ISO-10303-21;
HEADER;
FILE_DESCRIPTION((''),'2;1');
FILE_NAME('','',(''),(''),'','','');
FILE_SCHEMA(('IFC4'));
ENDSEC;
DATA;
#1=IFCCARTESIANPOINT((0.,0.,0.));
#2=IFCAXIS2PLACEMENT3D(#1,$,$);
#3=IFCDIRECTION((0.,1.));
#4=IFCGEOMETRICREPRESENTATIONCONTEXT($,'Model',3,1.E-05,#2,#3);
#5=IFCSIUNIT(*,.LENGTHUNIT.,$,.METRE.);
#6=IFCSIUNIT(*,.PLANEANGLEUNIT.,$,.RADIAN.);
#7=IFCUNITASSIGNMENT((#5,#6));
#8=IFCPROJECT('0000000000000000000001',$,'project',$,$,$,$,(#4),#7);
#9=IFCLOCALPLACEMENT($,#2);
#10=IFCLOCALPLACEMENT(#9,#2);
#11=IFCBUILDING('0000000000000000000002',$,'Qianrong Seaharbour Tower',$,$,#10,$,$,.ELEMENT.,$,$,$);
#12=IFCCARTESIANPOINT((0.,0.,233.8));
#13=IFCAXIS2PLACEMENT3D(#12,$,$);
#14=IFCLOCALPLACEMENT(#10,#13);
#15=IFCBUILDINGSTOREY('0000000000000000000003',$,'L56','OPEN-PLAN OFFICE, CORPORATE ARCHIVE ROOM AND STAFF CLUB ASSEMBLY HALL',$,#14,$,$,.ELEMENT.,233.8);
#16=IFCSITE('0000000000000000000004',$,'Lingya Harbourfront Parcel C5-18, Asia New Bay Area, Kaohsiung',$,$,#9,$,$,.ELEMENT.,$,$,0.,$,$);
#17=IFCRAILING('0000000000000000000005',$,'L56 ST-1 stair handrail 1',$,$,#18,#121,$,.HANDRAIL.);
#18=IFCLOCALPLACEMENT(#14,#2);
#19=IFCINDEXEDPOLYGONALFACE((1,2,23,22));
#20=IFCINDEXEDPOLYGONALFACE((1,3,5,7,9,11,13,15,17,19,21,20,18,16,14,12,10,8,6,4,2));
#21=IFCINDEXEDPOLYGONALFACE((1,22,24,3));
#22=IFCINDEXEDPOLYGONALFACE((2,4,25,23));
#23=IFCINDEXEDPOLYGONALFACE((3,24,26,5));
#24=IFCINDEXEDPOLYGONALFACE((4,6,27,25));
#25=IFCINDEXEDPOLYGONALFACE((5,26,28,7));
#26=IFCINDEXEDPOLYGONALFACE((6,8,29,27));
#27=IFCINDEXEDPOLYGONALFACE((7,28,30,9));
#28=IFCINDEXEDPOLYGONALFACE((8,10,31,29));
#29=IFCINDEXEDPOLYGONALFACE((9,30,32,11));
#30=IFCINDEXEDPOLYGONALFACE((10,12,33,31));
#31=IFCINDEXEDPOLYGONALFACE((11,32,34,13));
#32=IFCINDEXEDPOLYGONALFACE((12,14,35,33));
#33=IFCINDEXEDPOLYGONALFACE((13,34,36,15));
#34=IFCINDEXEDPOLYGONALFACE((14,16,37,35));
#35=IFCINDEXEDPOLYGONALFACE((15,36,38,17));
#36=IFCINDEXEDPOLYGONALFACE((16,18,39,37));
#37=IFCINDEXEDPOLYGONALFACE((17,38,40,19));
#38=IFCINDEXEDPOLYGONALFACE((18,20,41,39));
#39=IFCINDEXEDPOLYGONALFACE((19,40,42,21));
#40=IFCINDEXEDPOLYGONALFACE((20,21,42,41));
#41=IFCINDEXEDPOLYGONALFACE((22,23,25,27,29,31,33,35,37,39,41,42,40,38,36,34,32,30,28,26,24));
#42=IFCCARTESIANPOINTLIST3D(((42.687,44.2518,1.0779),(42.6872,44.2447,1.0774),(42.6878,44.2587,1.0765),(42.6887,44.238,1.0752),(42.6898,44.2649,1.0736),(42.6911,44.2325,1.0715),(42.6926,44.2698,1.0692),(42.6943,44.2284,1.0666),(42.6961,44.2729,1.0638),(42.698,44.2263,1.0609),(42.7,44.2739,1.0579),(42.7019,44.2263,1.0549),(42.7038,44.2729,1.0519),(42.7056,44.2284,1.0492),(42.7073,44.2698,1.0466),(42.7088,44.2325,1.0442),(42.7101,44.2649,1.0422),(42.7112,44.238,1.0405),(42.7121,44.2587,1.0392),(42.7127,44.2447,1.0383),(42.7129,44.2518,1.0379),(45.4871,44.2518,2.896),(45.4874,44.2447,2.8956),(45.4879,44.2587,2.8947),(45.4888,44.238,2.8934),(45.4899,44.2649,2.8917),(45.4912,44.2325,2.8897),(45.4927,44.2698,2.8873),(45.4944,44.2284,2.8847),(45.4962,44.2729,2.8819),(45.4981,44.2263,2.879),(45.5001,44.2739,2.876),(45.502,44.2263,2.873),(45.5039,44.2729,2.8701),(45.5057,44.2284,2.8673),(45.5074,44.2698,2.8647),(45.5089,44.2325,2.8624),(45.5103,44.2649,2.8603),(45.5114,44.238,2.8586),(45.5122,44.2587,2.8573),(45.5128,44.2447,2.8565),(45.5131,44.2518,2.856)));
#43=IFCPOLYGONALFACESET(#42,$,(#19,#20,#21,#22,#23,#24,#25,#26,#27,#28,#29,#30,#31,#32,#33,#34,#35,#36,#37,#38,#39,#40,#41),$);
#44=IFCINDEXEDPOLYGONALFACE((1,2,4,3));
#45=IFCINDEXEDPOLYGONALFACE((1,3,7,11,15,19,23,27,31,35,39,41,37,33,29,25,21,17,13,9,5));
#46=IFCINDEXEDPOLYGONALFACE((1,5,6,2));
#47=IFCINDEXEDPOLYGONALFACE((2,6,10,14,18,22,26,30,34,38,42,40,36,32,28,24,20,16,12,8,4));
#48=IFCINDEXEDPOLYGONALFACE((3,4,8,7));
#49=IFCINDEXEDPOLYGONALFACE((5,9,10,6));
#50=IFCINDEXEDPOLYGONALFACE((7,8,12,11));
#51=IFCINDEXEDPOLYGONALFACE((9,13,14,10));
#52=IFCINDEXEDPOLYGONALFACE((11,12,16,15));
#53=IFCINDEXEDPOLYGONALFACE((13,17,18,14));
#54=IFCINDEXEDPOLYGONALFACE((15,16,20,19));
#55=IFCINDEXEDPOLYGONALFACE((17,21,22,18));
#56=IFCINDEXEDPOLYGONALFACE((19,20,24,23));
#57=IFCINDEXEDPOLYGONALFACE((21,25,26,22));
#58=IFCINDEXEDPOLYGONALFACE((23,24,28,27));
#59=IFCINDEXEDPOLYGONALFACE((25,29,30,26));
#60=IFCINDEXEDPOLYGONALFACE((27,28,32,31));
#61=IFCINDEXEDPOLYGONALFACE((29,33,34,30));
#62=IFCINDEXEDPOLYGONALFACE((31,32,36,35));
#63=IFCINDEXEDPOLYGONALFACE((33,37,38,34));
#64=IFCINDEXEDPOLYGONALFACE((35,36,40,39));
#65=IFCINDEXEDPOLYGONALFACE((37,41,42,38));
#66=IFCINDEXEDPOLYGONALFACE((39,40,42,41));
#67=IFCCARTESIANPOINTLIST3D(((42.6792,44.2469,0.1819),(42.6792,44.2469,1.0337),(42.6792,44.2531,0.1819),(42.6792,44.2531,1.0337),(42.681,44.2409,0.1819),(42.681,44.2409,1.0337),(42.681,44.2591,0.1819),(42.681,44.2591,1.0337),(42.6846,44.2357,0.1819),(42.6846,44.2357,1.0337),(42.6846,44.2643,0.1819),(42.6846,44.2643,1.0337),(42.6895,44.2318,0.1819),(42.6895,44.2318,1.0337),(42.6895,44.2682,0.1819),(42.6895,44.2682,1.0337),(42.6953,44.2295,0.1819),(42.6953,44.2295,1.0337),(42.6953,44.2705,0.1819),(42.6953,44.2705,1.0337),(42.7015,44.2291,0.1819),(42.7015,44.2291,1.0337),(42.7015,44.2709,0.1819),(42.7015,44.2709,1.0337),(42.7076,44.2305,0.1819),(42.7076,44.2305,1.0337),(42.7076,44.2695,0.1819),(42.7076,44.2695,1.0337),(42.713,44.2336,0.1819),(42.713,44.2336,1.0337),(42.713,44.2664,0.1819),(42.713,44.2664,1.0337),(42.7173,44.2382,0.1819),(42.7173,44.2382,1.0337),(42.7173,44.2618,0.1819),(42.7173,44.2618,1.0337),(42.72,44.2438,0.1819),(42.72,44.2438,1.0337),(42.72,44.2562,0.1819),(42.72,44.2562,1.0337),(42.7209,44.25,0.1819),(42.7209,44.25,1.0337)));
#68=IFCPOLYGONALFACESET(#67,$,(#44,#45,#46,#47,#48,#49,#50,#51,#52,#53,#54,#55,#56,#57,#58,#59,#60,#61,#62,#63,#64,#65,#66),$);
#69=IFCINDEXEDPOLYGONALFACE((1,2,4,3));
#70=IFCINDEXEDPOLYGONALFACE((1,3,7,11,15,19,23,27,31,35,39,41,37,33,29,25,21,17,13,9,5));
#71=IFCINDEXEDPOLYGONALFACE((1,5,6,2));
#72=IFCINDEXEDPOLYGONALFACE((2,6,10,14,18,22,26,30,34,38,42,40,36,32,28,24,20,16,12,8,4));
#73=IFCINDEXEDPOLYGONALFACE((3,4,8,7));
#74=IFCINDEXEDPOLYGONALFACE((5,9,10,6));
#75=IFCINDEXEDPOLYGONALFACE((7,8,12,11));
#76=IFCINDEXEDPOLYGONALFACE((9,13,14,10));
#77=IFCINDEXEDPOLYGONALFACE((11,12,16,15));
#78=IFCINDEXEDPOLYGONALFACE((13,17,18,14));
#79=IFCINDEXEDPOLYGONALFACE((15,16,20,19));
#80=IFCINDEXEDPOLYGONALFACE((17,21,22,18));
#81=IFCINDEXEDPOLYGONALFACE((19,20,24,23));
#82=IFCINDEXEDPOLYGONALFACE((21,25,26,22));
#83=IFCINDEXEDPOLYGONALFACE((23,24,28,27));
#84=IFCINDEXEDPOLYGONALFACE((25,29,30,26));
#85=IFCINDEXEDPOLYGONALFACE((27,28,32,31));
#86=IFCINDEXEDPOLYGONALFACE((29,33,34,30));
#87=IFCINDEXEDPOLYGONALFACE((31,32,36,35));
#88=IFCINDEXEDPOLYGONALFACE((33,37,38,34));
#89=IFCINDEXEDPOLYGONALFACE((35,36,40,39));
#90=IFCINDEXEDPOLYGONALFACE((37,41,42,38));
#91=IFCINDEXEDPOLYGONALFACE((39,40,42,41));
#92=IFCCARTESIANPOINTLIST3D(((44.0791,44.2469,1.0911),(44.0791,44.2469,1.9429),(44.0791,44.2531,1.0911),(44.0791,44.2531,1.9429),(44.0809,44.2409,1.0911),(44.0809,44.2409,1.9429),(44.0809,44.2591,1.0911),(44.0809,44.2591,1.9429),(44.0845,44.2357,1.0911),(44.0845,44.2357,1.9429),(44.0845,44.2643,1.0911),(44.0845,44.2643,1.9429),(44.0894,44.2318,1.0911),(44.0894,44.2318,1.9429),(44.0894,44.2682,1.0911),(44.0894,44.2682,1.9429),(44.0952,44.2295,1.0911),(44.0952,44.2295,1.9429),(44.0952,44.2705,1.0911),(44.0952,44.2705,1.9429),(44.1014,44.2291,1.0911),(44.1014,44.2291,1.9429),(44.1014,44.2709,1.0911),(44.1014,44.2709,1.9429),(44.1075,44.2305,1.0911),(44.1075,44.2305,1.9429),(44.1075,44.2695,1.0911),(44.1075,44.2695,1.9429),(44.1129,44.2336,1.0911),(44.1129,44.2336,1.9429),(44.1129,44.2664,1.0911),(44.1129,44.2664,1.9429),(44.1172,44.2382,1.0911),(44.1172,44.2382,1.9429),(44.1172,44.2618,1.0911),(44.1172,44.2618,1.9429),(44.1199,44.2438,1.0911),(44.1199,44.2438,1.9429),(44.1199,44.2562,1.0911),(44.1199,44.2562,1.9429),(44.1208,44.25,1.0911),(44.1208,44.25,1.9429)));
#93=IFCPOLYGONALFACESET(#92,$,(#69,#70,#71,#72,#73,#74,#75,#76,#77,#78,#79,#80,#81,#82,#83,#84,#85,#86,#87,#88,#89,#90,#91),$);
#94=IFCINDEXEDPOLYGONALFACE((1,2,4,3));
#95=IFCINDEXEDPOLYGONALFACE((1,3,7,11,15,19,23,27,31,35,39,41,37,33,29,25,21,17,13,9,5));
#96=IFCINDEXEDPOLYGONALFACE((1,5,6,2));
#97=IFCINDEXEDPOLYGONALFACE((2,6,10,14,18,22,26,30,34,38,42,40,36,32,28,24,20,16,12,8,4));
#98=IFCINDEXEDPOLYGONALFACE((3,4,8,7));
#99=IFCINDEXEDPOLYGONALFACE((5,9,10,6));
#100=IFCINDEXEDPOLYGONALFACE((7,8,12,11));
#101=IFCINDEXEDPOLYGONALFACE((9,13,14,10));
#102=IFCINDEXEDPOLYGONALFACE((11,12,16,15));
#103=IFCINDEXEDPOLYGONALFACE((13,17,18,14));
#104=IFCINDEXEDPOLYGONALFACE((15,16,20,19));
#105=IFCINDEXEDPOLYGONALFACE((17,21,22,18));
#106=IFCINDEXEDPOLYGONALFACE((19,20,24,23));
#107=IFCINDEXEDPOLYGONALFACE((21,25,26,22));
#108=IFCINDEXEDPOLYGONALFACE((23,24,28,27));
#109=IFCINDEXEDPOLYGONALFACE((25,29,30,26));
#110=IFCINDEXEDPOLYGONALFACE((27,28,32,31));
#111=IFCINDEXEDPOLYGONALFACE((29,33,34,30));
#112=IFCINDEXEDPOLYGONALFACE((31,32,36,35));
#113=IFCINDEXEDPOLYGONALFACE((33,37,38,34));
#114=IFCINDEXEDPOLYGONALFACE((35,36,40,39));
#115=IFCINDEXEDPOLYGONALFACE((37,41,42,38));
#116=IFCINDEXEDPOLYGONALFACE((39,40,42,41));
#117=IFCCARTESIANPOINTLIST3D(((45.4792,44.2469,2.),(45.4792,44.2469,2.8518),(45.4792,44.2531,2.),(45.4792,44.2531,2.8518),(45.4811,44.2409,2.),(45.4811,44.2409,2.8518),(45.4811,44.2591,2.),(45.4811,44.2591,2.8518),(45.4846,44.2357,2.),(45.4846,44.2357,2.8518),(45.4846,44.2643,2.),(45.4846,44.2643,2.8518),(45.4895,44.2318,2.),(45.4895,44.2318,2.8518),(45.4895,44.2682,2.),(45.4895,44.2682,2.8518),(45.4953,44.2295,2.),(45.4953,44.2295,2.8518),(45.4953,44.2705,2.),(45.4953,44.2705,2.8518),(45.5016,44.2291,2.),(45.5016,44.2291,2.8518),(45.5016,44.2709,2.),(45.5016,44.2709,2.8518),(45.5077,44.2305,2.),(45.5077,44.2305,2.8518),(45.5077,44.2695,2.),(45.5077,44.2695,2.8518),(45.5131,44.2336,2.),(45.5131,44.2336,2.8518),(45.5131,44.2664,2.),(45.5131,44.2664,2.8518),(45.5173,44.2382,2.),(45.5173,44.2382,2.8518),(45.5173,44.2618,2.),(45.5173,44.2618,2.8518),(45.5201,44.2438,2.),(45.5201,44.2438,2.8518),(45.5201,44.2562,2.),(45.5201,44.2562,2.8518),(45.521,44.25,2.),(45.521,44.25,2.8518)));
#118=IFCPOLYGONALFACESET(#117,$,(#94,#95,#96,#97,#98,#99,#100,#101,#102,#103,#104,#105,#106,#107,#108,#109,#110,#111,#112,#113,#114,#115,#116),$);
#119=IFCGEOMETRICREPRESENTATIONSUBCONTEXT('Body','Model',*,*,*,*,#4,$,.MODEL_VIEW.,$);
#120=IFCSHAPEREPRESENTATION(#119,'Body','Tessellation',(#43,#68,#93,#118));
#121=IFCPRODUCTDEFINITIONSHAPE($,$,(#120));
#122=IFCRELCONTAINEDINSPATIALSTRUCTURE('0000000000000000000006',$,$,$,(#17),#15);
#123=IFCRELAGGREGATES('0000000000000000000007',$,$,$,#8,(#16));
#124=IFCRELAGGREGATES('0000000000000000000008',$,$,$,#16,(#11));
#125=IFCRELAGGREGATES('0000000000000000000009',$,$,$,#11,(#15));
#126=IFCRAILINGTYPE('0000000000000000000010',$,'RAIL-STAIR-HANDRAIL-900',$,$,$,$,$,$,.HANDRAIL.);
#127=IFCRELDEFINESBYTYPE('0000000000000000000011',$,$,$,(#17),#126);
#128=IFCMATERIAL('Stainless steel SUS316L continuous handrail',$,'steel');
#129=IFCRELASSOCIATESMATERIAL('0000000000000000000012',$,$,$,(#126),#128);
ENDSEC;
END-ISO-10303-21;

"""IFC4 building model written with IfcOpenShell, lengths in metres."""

from ifc_helpers import new_model, si_unit, direction, frame, origin, origin_2d, place, context, subcontext, project, spatial, circle, extrude, material, type_object, element, save


model = new_model("IFC4")

# Units and contexts
model_context = context("Model", 3, precision=1e-05, world=origin(), true_north=direction((0.0, 1.0)))
body_context = subcontext(model_context, "Body", "Model", "MODEL_VIEW")
ifc_project = project(units=[si_unit("LENGTHUNIT", "METRE"), si_unit("PLANEANGLEUNIT", "RADIAN")], contexts=[model_context])

# Site, building, storey
site_placement = place(None, origin())
site = spatial("IfcSite", under=ifc_project, at=site_placement, Name="Lingya Harbourfront Parcel C5-18, Asia New Bay Area, Kaohsiung", CompositionType="ELEMENT", RefElevation=0.0)
building_placement = place(site_placement, origin())
building = spatial("IfcBuilding", under=site, at=building_placement, Name="Qianrong Seaharbour Tower", CompositionType="ELEMENT")
storey_placement = place(building_placement, frame((0.0, 0.0, 233.8)))
storey = spatial("IfcBuildingStorey", under=building, at=storey_placement, Name="L56", Description="OPEN-PLAN OFFICE, CORPORATE ARCHIVE ROOM AND STAFF CLUB ASSEMBLY HALL", CompositionType="ELEMENT", Elevation=233.8)

# Railing
ifc_material_1 = material(Name="Stainless steel SUS316L continuous handrail", Category="steel")
railing_type_1 = type_object("IfcRailingType", Name="RAIL-STAIR-HANDRAIL-900", PredefinedType="HANDRAIL", material=ifc_material_1)
railing_1_placement = place(storey_placement, frame((42.7, 44.25, 0.1819)))
element("IfcRailing", 1, at=railing_1_placement, inside=storey, type_object=railing_type_1, Name="L56 ST-1 stair handrail 1", PredefinedType="HANDRAIL", context=body_context, shape_type="SweptSolid", body=[
    extrude(circle(Radius=0.0239, at=origin_2d()), frame((0.0, 0.0, 0.876), z_axis=(0.838706, 0.0, 0.544585), x_axis=(0.0, 1.0, 0.0)), (0.0, 0.0, 1.0), 3.3386),
    extrude(circle(Radius=0.021, at=origin_2d()), origin(), (0.0, 0.0, 1.0), 0.8518),
    extrude(circle(Radius=0.021, at=origin_2d()), frame((1.3999, 0.0, 0.9092)), (0.0, 0.0, 1.0), 0.8518),
    extrude(circle(Radius=0.021, at=origin_2d()), frame((2.8, 0.0, 1.8181)), (0.0, 0.0, 1.0), 0.8518),
])

save(model, "model.ifc")
